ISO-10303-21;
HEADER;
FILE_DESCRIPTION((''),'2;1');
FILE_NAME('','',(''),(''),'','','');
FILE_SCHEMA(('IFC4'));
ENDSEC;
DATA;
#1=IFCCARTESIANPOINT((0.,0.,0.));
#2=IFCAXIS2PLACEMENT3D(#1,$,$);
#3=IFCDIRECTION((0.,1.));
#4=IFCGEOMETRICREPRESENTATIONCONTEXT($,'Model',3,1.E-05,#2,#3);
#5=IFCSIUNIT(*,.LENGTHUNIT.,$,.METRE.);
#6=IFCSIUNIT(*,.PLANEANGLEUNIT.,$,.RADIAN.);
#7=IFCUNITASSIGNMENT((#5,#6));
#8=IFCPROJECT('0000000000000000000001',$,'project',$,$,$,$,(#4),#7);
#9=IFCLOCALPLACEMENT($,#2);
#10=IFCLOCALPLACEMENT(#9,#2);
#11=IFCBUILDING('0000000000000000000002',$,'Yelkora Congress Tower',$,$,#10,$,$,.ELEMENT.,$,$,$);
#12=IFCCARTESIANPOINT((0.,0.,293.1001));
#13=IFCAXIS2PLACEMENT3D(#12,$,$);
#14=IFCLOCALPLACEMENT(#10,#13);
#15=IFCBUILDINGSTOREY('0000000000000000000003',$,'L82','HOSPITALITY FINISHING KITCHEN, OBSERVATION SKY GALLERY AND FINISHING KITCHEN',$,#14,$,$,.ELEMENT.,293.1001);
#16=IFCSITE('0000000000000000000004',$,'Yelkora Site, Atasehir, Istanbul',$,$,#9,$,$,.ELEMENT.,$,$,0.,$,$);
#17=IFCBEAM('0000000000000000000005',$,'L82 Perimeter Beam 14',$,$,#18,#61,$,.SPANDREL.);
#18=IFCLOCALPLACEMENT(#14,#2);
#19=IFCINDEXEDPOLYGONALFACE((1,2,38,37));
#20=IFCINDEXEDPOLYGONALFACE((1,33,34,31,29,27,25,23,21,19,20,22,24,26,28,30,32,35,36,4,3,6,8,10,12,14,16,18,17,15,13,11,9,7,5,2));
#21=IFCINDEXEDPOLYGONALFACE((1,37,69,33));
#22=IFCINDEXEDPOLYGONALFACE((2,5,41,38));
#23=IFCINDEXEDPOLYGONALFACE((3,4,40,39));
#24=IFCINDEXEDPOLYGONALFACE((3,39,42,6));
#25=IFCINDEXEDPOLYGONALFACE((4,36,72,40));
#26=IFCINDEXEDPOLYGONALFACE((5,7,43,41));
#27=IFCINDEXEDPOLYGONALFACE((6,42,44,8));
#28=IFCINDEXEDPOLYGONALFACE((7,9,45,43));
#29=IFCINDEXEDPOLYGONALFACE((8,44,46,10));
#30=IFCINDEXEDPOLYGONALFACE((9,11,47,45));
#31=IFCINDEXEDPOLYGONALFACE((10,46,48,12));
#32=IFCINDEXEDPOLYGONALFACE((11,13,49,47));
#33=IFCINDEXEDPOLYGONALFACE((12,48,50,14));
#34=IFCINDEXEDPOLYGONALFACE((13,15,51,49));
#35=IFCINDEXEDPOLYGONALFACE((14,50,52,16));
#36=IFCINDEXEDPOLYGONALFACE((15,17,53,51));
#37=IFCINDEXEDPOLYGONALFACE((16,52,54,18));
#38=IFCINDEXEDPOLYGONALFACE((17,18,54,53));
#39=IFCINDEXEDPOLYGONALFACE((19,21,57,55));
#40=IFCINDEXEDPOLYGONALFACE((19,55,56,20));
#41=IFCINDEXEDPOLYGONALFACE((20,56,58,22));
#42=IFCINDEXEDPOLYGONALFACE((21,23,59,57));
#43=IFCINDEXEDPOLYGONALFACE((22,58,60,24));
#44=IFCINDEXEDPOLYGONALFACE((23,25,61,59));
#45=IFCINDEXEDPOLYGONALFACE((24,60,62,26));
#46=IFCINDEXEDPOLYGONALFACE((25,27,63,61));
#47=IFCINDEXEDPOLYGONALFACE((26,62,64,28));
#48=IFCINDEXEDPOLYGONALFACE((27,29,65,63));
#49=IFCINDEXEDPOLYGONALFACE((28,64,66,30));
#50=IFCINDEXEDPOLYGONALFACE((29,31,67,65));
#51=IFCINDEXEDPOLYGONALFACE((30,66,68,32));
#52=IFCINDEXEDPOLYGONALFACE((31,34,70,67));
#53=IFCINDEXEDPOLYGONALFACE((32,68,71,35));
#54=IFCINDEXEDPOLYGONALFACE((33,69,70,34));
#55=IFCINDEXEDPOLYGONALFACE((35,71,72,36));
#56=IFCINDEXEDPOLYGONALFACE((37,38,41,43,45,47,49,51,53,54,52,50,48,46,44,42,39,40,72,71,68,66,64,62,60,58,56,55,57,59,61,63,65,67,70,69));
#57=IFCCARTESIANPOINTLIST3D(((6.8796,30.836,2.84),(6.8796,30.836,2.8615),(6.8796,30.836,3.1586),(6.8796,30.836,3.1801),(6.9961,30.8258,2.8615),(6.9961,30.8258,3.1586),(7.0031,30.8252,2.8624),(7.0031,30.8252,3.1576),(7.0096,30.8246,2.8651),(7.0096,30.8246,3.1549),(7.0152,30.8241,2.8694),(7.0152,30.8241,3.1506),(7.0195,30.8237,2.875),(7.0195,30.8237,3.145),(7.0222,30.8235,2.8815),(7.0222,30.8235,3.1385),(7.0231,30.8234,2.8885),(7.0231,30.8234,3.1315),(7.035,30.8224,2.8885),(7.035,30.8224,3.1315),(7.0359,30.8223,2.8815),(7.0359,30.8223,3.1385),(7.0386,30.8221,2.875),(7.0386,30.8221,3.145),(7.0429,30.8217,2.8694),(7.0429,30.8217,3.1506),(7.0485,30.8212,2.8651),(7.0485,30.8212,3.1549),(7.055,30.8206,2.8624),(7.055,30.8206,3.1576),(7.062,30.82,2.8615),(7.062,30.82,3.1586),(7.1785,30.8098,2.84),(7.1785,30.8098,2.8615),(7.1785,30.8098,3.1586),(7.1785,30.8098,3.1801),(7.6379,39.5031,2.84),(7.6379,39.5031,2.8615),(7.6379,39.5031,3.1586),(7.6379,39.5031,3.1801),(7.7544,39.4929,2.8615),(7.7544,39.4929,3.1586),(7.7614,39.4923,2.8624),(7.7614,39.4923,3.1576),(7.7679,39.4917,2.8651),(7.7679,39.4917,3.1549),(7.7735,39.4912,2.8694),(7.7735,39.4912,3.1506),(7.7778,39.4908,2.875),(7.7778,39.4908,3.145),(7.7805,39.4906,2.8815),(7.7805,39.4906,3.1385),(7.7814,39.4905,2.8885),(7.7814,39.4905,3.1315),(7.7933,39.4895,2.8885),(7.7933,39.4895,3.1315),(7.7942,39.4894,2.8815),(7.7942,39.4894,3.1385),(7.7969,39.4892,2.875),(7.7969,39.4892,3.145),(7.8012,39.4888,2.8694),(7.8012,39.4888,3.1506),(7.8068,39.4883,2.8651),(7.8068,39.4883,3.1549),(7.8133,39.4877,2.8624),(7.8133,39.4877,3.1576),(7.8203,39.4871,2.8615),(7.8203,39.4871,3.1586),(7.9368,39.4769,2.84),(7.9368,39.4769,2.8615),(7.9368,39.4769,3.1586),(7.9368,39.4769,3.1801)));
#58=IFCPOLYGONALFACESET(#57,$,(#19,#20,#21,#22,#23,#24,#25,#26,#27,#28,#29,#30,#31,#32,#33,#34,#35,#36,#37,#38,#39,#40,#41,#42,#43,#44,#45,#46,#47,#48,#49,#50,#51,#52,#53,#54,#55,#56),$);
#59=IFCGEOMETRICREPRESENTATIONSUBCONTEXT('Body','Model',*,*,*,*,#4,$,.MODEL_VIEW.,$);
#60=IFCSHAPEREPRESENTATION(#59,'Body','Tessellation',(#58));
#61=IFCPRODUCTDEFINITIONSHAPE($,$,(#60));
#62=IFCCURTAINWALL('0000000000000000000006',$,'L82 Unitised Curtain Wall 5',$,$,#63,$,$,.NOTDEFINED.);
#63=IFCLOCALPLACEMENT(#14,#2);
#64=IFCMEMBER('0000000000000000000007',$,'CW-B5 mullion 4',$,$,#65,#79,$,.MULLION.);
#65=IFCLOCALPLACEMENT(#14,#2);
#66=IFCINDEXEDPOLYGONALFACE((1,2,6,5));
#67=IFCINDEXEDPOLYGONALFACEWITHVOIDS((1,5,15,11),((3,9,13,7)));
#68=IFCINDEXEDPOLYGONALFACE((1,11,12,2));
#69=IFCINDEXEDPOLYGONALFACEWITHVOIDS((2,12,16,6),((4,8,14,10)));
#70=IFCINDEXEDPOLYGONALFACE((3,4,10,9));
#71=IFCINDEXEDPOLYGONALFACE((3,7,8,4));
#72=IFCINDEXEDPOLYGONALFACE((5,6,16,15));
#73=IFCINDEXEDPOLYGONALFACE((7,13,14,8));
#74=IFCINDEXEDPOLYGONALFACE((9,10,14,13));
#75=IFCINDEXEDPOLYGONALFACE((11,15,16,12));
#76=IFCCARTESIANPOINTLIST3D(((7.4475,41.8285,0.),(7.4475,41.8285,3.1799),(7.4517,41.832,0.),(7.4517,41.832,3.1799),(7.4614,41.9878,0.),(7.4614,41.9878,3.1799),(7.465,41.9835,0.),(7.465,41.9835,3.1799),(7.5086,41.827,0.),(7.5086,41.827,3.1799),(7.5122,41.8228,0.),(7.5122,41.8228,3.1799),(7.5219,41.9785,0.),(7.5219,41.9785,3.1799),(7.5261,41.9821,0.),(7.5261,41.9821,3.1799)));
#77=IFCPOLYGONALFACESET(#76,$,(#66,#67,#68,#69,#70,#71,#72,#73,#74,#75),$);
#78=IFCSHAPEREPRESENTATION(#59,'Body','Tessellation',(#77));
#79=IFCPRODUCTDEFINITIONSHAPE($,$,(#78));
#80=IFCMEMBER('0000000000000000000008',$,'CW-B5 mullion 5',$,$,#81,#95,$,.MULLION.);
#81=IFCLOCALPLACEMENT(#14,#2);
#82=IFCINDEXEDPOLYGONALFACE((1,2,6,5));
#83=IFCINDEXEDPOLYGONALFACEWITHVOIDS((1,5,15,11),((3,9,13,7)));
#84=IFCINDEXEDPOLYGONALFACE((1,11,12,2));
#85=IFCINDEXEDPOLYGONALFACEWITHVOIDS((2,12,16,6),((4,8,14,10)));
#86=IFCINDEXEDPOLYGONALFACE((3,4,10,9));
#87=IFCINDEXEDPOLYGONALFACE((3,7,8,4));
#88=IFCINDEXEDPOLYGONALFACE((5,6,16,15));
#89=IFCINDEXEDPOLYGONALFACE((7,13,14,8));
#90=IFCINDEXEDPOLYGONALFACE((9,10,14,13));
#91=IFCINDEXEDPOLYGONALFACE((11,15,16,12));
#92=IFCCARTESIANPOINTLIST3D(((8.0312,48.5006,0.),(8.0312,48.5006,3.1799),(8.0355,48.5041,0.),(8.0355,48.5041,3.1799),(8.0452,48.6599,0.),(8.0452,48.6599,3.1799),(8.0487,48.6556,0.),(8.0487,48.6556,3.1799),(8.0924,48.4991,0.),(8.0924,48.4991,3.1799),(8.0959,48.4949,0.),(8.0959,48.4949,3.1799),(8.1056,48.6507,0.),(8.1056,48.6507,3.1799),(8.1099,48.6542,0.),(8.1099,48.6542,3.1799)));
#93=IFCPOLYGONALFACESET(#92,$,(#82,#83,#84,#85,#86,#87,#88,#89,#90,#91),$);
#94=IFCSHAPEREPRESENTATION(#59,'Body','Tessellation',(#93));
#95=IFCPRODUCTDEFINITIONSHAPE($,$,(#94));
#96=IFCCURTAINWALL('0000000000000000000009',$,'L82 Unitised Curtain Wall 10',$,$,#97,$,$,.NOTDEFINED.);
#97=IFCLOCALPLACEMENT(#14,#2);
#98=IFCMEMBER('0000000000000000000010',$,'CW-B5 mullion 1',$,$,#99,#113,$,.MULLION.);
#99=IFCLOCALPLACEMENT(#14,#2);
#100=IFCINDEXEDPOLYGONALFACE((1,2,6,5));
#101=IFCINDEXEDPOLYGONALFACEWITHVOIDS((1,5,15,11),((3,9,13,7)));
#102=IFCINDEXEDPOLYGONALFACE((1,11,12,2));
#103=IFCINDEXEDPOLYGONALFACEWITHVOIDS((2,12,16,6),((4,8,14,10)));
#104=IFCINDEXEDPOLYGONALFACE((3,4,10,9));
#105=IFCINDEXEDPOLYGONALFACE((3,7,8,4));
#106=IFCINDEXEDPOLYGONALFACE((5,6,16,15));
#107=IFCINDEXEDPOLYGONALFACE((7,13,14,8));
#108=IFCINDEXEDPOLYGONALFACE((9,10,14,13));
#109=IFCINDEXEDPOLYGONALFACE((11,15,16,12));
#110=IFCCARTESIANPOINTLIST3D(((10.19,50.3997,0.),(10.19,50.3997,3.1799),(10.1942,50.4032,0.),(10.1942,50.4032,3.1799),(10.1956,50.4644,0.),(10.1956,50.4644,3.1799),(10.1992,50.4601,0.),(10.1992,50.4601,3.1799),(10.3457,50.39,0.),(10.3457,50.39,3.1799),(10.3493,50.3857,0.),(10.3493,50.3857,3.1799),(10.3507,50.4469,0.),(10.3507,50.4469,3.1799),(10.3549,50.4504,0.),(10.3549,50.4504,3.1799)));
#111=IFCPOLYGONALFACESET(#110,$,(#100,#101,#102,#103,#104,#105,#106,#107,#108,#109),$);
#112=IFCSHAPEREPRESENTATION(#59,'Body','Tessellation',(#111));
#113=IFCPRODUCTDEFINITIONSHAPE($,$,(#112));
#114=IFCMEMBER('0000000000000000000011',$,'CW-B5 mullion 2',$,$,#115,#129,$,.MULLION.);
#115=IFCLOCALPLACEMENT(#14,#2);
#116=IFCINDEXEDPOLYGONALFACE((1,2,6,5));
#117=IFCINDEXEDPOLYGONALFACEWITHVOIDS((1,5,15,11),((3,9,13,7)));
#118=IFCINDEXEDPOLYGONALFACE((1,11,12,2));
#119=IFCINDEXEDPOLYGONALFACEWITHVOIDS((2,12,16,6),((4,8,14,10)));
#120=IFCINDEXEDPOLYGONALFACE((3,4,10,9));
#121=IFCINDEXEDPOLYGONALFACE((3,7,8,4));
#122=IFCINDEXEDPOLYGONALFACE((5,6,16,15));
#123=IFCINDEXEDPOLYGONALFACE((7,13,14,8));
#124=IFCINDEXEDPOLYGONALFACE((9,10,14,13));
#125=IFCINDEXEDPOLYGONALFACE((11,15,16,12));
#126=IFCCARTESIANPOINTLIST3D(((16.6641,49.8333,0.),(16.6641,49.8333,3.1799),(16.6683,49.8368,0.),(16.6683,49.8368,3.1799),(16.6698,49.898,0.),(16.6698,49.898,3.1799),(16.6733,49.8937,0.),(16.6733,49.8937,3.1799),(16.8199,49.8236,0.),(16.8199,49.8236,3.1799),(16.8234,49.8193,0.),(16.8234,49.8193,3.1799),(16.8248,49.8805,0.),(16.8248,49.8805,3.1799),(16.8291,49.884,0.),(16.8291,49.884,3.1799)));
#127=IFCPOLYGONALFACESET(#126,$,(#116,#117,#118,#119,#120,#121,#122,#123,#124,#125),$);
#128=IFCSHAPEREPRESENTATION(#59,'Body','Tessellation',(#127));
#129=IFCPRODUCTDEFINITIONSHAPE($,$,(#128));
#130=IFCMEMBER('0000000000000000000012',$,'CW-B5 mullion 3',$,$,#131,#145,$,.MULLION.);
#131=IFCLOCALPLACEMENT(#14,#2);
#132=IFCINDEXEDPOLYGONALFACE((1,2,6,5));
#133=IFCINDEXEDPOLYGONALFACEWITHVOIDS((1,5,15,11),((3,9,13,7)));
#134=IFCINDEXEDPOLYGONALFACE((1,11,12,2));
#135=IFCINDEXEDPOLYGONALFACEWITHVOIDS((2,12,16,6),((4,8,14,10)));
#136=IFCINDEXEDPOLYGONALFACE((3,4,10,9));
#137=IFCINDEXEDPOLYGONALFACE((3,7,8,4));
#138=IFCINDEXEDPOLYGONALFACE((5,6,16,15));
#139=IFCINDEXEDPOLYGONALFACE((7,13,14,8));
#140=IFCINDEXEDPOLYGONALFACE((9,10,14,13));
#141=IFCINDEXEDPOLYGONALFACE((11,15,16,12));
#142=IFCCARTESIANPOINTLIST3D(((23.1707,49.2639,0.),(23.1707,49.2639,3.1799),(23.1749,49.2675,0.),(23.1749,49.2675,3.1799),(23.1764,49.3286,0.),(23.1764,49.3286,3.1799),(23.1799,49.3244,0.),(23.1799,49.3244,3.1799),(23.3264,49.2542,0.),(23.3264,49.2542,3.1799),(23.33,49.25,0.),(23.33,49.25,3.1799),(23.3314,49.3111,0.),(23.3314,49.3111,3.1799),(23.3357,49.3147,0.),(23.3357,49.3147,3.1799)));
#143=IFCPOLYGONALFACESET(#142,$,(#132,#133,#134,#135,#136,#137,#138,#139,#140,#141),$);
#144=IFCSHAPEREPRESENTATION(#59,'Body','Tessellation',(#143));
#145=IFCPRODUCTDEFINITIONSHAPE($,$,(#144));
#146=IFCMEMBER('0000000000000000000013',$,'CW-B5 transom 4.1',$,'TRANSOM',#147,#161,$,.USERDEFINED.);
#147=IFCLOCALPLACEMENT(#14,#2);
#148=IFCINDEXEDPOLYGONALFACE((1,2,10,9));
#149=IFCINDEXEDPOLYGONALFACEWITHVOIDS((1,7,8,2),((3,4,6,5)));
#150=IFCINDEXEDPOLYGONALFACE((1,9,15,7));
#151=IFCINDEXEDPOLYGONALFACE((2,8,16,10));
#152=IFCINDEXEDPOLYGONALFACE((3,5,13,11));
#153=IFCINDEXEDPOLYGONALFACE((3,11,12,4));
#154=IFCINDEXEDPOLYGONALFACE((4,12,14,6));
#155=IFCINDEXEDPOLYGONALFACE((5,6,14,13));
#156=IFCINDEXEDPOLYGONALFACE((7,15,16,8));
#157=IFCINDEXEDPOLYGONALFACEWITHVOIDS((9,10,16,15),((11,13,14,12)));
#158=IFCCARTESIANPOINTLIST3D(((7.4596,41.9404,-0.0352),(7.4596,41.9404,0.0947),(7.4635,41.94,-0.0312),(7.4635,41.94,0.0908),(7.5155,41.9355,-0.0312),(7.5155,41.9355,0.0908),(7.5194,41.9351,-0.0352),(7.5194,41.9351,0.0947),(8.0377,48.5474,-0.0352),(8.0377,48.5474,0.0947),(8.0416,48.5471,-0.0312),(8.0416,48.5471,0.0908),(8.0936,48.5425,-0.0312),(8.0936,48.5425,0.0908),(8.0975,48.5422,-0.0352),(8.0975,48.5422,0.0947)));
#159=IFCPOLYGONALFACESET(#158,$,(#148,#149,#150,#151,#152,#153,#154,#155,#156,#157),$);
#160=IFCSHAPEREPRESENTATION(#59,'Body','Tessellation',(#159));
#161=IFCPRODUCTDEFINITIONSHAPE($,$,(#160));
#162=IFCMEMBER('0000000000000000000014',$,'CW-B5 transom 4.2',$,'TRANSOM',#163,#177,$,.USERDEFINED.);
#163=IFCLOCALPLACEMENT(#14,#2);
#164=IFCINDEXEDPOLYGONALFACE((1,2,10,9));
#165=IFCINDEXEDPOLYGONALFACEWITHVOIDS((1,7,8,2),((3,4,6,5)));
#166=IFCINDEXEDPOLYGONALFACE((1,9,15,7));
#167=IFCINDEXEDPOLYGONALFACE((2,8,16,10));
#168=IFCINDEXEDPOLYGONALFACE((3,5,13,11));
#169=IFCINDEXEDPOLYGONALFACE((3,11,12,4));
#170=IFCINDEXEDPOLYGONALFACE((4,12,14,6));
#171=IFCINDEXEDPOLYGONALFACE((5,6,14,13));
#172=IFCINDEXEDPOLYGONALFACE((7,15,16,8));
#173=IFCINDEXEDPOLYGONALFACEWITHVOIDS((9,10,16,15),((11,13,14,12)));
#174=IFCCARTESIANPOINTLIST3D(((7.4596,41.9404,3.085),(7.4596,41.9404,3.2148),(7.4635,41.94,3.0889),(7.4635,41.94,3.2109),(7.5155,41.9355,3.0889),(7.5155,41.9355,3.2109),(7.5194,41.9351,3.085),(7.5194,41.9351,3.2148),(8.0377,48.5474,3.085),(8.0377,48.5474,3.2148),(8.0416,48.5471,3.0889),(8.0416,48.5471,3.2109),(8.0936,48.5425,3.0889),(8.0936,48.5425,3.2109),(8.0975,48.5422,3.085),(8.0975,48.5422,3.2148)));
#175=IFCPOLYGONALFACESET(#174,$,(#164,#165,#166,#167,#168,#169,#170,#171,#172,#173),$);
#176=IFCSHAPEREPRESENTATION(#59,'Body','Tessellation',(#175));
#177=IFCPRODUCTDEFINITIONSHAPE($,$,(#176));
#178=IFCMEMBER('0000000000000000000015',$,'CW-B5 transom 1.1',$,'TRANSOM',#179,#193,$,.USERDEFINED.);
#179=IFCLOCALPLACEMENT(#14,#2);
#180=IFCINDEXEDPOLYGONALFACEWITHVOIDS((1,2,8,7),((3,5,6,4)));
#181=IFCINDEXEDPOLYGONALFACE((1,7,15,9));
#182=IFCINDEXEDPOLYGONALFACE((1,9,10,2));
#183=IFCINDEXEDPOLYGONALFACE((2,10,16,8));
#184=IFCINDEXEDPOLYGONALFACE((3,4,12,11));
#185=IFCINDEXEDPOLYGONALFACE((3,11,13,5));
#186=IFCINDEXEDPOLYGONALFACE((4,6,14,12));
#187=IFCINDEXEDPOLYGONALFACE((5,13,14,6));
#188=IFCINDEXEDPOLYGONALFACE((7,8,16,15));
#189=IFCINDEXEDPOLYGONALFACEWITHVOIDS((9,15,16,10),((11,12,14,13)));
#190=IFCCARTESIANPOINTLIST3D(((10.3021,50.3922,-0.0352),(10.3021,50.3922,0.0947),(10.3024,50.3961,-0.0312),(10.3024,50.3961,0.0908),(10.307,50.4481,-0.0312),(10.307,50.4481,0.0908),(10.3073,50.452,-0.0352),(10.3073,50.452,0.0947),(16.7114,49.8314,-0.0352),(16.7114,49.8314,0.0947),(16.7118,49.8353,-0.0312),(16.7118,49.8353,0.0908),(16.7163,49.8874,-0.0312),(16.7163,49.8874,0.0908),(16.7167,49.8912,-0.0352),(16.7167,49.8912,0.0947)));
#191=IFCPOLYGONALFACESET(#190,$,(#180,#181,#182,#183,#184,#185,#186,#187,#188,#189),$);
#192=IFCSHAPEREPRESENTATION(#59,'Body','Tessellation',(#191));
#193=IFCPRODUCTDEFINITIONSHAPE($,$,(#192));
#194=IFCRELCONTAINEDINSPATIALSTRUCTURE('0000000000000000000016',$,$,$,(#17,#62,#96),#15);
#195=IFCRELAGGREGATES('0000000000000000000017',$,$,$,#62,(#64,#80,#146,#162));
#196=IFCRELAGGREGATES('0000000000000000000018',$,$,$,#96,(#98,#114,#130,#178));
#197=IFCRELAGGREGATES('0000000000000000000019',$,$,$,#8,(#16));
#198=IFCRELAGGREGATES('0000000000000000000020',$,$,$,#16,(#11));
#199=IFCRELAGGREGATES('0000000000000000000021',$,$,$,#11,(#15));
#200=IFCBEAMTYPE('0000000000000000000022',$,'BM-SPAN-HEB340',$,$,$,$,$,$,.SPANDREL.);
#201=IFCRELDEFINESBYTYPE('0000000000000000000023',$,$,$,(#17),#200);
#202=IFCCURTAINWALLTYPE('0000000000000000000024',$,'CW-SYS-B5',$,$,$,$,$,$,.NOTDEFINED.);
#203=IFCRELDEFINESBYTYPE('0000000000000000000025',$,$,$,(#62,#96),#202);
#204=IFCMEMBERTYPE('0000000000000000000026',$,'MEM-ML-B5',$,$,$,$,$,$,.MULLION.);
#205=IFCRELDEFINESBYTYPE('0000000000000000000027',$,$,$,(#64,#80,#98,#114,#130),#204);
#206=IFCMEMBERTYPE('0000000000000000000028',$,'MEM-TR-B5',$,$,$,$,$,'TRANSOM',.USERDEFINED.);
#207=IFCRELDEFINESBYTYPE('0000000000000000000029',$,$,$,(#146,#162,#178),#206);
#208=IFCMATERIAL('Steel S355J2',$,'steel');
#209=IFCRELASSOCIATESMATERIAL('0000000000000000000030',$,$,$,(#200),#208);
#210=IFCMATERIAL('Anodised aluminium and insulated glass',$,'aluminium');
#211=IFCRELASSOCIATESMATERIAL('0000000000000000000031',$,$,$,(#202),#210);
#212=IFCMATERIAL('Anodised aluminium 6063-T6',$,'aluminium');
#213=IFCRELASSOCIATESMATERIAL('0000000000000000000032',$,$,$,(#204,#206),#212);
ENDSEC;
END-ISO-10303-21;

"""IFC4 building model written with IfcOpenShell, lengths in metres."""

from ifc_helpers import new_model, si_unit, direction, frame, origin, origin_2d, place, context, subcontext, project, spatial, hollow_rectangle, i_section, extrude, material, material_profile, profile_set, type_object, element, aggregate, save


model = new_model("IFC4")

# Units and contexts
model_context = context("Model", 3, precision=1e-05, world=origin(), true_north=direction((0.0, 1.0)))
body_context = subcontext(model_context, "Body", "Model", "MODEL_VIEW")
ifc_project = project(units=[si_unit("LENGTHUNIT", "METRE"), si_unit("PLANEANGLEUNIT", "RADIAN")], contexts=[model_context])

# Site, building, storey
site_placement = place(None, origin())
site = spatial("IfcSite", under=ifc_project, at=site_placement, Name="Yelkora Site, Atasehir, Istanbul", CompositionType="ELEMENT", RefElevation=0.0)
building_placement = place(site_placement, origin())
building = spatial("IfcBuilding", under=site, at=building_placement, Name="Yelkora Congress Tower", CompositionType="ELEMENT")
storey_placement = place(building_placement, frame((0.0, 0.0, 293.1001)))
storey = spatial("IfcBuildingStorey", under=building, at=storey_placement, Name="L82", Description="HOSPITALITY FINISHING KITCHEN, OBSERVATION SKY GALLERY AND FINISHING KITCHEN", CompositionType="ELEMENT", Elevation=293.1001)

# Shared definitions
ifc_material_1 = material(Name="Steel S355J2", Category="steel")

# Beam
ifc_material_profile_1 = material_profile(ifc_material_1, i_section(OverallWidth=0.3, OverallDepth=0.3401, WebThickness=0.012, FlangeThickness=0.0215, FilletRadius=0.0271, at=origin_2d()), Name="HEB 340")
ifc_profile_set_1 = profile_set([ifc_material_profile_1], Name="Steel S355J2")
beam_type_1 = type_object("IfcBeamType", Name="BM-SPAN-HEB340", PredefinedType="SPANDREL", material=ifc_profile_set_1)
beam_1_placement = place(storey_placement, frame((7.7874, 39.49, 3.01), z_axis=(-0.08716, -0.996194, 0.0), x_axis=(0.996194, -0.08716, 0.0)))
element("IfcBeam", 1, at=beam_1_placement, inside=storey, type_object=beam_type_1, Name="L82 Perimeter Beam 14", PredefinedType="SPANDREL", context=body_context, shape_type="SweptSolid", body=[
    extrude(i_section(OverallWidth=0.3, OverallDepth=0.3401, WebThickness=0.012, FlangeThickness=0.0215, FilletRadius=0.0271, at=origin_2d()), origin(), (0.0, 0.0, 1.0), 8.7002),
])

# Curtain walls, members
ifc_material_2 = material(Name="Anodised aluminium and insulated glass", Category="aluminium")
curtain_wall_type = type_object("IfcCurtainWallType", Name="CW-SYS-B5", PredefinedType="NOTDEFINED", material=ifc_material_2)
curtain_wall_1_placement = place(storey_placement, origin())
curtain_wall_1 = element("IfcCurtainWall", 2, at=curtain_wall_1_placement, inside=storey, type_object=curtain_wall_type, Name="L82 Unitised Curtain Wall 5", PredefinedType="NOTDEFINED")
ifc_material_3 = material(Name="Anodised aluminium 6063-T6", Category="aluminium")
ifc_material_profile_2 = material_profile(ifc_material_3, hollow_rectangle(XDim=0.0649, YDim=0.1599, WallThickness=0.0039, at=origin_2d()), Name="ALU 65x160x4")
ifc_profile_set_2 = profile_set([ifc_material_profile_2], Name="Anodised aluminium 6063-T6")
member_type_1 = type_object("IfcMemberType", Name="MEM-ML-B5", PredefinedType="MULLION", material=ifc_profile_set_2)
member_1_placement = place(storey_placement, frame((7.4868, 41.9053, 0.0), z_axis=(0.0, 0.0, 1.0), x_axis=(-0.996195, 0.087155, 0.0)))
member_1 = element("IfcMember", 3, at=member_1_placement, type_object=member_type_1, Name="CW-B5 mullion 4", PredefinedType="MULLION", context=body_context, shape_type="SweptSolid", body=[
    extrude(hollow_rectangle(XDim=0.0649, YDim=0.1599, WallThickness=0.0039, at=origin_2d()), origin(), (0.0, 0.0, 1.0), 3.1799),
])
member_2_placement = place(storey_placement, frame((8.0706, 48.5774, 0.0), z_axis=(0.0, 0.0, 1.0), x_axis=(-0.996195, 0.087155, 0.0)))
member_2 = element("IfcMember", 4, at=member_2_placement, type_object=member_type_1, Name="CW-B5 mullion 5", PredefinedType="MULLION", context=body_context, shape_type="SweptSolid", body=[
    extrude(hollow_rectangle(XDim=0.0649, YDim=0.1599, WallThickness=0.0039, at=origin_2d()), origin(), (0.0, 0.0, 1.0), 3.1799),
])
curtain_wall_2_placement = place(storey_placement, origin())
curtain_wall_2 = element("IfcCurtainWall", 5, at=curtain_wall_2_placement, inside=storey, type_object=curtain_wall_type, Name="L82 Unitised Curtain Wall 10", PredefinedType="NOTDEFINED")
member_3_placement = place(storey_placement, frame((10.2725, 50.425, 0.0), z_axis=(0.0, 0.0, 1.0), x_axis=(0.087157, 0.996195, 0.0)))
member_3 = element("IfcMember", 6, at=member_3_placement, type_object=member_type_1, Name="CW-B5 mullion 1", PredefinedType="MULLION", context=body_context, shape_type="SweptSolid", body=[
    extrude(hollow_rectangle(XDim=0.0649, YDim=0.1599, WallThickness=0.0039, at=origin_2d()), origin(), (0.0, 0.0, 1.0), 3.1799),
])
member_4_placement = place(storey_placement, frame((16.7466, 49.8586, 0.0), z_axis=(0.0, 0.0, 1.0), x_axis=(0.087157, 0.996195, 0.0)))
member_4 = element("IfcMember", 7, at=member_4_placement, type_object=member_type_1, Name="CW-B5 mullion 2", PredefinedType="MULLION", context=body_context, shape_type="SweptSolid", body=[
    extrude(hollow_rectangle(XDim=0.0649, YDim=0.1599, WallThickness=0.0039, at=origin_2d()), origin(), (0.0, 0.0, 1.0), 3.1799),
])
member_5_placement = place(storey_placement, frame((23.2532, 49.2893, 0.0), z_axis=(0.0, 0.0, 1.0), x_axis=(0.087157, 0.996195, 0.0)))
member_5 = element("IfcMember", 8, at=member_5_placement, type_object=member_type_1, Name="CW-B5 mullion 3", PredefinedType="MULLION", context=body_context, shape_type="SweptSolid", body=[
    extrude(hollow_rectangle(XDim=0.0649, YDim=0.1599, WallThickness=0.0039, at=origin_2d()), origin(), (0.0, 0.0, 1.0), 3.1799),
])

# Members
ifc_material_profile_3 = material_profile(ifc_material_3, hollow_rectangle(XDim=0.0601, YDim=0.1299, WallThickness=0.0039, at=origin_2d()), Name="ALU 60x130x4")
ifc_profile_set_3 = profile_set([ifc_material_profile_3], Name="Anodised aluminium 6063-T6")
member_type_2 = type_object("IfcMemberType", Name="MEM-TR-B5", ElementType="TRANSOM", PredefinedType="USERDEFINED", material=ifc_profile_set_3)
member_6_placement = place(storey_placement, frame((7.4895, 41.9377, 0.0298), z_axis=(0.087166, 0.996194, 0.0), x_axis=(-0.996194, 0.087166, 0.0)))
member_6 = element("IfcMember", 9, at=member_6_placement, type_object=member_type_2, Name="CW-B5 transom 4.1", ObjectType="TRANSOM", PredefinedType="USERDEFINED", context=body_context, shape_type="SweptSolid", body=[
    extrude(hollow_rectangle(XDim=0.0601, YDim=0.1299, WallThickness=0.0039, at=origin_2d()), origin(), (0.0, 0.0, 1.0), 6.6323),
])
member_7_placement = place(storey_placement, frame((7.4895, 41.9377, 3.1499), z_axis=(0.087166, 0.996194, 0.0), x_axis=(-0.996194, 0.087166, 0.0)))
member_7 = element("IfcMember", 10, at=member_7_placement, type_object=member_type_2, Name="CW-B5 transom 4.2", ObjectType="TRANSOM", PredefinedType="USERDEFINED", context=body_context, shape_type="SweptSolid", body=[
    extrude(hollow_rectangle(XDim=0.0601, YDim=0.1299, WallThickness=0.0039, at=origin_2d()), origin(), (0.0, 0.0, 1.0), 6.6323),
])
member_8_placement = place(storey_placement, frame((10.3047, 50.4221, 0.0298), z_axis=(0.996194, -0.087162, 0.0), x_axis=(0.087162, 0.996194, 0.0)))
member_8 = element("IfcMember", 11, at=member_8_placement, type_object=member_type_2, Name="CW-B5 transom 1.1", ObjectType="TRANSOM", PredefinedType="USERDEFINED", context=body_context, shape_type="SweptSolid", body=[
    extrude(hollow_rectangle(XDim=0.0601, YDim=0.1299, WallThickness=0.0039, at=origin_2d()), origin(), (0.0, 0.0, 1.0), 6.4338),
])

aggregate(curtain_wall_1, [member_1, member_2, member_6, member_7])
aggregate(curtain_wall_2, [member_3, member_4, member_5, member_8])

save(model, "model.ifc")
